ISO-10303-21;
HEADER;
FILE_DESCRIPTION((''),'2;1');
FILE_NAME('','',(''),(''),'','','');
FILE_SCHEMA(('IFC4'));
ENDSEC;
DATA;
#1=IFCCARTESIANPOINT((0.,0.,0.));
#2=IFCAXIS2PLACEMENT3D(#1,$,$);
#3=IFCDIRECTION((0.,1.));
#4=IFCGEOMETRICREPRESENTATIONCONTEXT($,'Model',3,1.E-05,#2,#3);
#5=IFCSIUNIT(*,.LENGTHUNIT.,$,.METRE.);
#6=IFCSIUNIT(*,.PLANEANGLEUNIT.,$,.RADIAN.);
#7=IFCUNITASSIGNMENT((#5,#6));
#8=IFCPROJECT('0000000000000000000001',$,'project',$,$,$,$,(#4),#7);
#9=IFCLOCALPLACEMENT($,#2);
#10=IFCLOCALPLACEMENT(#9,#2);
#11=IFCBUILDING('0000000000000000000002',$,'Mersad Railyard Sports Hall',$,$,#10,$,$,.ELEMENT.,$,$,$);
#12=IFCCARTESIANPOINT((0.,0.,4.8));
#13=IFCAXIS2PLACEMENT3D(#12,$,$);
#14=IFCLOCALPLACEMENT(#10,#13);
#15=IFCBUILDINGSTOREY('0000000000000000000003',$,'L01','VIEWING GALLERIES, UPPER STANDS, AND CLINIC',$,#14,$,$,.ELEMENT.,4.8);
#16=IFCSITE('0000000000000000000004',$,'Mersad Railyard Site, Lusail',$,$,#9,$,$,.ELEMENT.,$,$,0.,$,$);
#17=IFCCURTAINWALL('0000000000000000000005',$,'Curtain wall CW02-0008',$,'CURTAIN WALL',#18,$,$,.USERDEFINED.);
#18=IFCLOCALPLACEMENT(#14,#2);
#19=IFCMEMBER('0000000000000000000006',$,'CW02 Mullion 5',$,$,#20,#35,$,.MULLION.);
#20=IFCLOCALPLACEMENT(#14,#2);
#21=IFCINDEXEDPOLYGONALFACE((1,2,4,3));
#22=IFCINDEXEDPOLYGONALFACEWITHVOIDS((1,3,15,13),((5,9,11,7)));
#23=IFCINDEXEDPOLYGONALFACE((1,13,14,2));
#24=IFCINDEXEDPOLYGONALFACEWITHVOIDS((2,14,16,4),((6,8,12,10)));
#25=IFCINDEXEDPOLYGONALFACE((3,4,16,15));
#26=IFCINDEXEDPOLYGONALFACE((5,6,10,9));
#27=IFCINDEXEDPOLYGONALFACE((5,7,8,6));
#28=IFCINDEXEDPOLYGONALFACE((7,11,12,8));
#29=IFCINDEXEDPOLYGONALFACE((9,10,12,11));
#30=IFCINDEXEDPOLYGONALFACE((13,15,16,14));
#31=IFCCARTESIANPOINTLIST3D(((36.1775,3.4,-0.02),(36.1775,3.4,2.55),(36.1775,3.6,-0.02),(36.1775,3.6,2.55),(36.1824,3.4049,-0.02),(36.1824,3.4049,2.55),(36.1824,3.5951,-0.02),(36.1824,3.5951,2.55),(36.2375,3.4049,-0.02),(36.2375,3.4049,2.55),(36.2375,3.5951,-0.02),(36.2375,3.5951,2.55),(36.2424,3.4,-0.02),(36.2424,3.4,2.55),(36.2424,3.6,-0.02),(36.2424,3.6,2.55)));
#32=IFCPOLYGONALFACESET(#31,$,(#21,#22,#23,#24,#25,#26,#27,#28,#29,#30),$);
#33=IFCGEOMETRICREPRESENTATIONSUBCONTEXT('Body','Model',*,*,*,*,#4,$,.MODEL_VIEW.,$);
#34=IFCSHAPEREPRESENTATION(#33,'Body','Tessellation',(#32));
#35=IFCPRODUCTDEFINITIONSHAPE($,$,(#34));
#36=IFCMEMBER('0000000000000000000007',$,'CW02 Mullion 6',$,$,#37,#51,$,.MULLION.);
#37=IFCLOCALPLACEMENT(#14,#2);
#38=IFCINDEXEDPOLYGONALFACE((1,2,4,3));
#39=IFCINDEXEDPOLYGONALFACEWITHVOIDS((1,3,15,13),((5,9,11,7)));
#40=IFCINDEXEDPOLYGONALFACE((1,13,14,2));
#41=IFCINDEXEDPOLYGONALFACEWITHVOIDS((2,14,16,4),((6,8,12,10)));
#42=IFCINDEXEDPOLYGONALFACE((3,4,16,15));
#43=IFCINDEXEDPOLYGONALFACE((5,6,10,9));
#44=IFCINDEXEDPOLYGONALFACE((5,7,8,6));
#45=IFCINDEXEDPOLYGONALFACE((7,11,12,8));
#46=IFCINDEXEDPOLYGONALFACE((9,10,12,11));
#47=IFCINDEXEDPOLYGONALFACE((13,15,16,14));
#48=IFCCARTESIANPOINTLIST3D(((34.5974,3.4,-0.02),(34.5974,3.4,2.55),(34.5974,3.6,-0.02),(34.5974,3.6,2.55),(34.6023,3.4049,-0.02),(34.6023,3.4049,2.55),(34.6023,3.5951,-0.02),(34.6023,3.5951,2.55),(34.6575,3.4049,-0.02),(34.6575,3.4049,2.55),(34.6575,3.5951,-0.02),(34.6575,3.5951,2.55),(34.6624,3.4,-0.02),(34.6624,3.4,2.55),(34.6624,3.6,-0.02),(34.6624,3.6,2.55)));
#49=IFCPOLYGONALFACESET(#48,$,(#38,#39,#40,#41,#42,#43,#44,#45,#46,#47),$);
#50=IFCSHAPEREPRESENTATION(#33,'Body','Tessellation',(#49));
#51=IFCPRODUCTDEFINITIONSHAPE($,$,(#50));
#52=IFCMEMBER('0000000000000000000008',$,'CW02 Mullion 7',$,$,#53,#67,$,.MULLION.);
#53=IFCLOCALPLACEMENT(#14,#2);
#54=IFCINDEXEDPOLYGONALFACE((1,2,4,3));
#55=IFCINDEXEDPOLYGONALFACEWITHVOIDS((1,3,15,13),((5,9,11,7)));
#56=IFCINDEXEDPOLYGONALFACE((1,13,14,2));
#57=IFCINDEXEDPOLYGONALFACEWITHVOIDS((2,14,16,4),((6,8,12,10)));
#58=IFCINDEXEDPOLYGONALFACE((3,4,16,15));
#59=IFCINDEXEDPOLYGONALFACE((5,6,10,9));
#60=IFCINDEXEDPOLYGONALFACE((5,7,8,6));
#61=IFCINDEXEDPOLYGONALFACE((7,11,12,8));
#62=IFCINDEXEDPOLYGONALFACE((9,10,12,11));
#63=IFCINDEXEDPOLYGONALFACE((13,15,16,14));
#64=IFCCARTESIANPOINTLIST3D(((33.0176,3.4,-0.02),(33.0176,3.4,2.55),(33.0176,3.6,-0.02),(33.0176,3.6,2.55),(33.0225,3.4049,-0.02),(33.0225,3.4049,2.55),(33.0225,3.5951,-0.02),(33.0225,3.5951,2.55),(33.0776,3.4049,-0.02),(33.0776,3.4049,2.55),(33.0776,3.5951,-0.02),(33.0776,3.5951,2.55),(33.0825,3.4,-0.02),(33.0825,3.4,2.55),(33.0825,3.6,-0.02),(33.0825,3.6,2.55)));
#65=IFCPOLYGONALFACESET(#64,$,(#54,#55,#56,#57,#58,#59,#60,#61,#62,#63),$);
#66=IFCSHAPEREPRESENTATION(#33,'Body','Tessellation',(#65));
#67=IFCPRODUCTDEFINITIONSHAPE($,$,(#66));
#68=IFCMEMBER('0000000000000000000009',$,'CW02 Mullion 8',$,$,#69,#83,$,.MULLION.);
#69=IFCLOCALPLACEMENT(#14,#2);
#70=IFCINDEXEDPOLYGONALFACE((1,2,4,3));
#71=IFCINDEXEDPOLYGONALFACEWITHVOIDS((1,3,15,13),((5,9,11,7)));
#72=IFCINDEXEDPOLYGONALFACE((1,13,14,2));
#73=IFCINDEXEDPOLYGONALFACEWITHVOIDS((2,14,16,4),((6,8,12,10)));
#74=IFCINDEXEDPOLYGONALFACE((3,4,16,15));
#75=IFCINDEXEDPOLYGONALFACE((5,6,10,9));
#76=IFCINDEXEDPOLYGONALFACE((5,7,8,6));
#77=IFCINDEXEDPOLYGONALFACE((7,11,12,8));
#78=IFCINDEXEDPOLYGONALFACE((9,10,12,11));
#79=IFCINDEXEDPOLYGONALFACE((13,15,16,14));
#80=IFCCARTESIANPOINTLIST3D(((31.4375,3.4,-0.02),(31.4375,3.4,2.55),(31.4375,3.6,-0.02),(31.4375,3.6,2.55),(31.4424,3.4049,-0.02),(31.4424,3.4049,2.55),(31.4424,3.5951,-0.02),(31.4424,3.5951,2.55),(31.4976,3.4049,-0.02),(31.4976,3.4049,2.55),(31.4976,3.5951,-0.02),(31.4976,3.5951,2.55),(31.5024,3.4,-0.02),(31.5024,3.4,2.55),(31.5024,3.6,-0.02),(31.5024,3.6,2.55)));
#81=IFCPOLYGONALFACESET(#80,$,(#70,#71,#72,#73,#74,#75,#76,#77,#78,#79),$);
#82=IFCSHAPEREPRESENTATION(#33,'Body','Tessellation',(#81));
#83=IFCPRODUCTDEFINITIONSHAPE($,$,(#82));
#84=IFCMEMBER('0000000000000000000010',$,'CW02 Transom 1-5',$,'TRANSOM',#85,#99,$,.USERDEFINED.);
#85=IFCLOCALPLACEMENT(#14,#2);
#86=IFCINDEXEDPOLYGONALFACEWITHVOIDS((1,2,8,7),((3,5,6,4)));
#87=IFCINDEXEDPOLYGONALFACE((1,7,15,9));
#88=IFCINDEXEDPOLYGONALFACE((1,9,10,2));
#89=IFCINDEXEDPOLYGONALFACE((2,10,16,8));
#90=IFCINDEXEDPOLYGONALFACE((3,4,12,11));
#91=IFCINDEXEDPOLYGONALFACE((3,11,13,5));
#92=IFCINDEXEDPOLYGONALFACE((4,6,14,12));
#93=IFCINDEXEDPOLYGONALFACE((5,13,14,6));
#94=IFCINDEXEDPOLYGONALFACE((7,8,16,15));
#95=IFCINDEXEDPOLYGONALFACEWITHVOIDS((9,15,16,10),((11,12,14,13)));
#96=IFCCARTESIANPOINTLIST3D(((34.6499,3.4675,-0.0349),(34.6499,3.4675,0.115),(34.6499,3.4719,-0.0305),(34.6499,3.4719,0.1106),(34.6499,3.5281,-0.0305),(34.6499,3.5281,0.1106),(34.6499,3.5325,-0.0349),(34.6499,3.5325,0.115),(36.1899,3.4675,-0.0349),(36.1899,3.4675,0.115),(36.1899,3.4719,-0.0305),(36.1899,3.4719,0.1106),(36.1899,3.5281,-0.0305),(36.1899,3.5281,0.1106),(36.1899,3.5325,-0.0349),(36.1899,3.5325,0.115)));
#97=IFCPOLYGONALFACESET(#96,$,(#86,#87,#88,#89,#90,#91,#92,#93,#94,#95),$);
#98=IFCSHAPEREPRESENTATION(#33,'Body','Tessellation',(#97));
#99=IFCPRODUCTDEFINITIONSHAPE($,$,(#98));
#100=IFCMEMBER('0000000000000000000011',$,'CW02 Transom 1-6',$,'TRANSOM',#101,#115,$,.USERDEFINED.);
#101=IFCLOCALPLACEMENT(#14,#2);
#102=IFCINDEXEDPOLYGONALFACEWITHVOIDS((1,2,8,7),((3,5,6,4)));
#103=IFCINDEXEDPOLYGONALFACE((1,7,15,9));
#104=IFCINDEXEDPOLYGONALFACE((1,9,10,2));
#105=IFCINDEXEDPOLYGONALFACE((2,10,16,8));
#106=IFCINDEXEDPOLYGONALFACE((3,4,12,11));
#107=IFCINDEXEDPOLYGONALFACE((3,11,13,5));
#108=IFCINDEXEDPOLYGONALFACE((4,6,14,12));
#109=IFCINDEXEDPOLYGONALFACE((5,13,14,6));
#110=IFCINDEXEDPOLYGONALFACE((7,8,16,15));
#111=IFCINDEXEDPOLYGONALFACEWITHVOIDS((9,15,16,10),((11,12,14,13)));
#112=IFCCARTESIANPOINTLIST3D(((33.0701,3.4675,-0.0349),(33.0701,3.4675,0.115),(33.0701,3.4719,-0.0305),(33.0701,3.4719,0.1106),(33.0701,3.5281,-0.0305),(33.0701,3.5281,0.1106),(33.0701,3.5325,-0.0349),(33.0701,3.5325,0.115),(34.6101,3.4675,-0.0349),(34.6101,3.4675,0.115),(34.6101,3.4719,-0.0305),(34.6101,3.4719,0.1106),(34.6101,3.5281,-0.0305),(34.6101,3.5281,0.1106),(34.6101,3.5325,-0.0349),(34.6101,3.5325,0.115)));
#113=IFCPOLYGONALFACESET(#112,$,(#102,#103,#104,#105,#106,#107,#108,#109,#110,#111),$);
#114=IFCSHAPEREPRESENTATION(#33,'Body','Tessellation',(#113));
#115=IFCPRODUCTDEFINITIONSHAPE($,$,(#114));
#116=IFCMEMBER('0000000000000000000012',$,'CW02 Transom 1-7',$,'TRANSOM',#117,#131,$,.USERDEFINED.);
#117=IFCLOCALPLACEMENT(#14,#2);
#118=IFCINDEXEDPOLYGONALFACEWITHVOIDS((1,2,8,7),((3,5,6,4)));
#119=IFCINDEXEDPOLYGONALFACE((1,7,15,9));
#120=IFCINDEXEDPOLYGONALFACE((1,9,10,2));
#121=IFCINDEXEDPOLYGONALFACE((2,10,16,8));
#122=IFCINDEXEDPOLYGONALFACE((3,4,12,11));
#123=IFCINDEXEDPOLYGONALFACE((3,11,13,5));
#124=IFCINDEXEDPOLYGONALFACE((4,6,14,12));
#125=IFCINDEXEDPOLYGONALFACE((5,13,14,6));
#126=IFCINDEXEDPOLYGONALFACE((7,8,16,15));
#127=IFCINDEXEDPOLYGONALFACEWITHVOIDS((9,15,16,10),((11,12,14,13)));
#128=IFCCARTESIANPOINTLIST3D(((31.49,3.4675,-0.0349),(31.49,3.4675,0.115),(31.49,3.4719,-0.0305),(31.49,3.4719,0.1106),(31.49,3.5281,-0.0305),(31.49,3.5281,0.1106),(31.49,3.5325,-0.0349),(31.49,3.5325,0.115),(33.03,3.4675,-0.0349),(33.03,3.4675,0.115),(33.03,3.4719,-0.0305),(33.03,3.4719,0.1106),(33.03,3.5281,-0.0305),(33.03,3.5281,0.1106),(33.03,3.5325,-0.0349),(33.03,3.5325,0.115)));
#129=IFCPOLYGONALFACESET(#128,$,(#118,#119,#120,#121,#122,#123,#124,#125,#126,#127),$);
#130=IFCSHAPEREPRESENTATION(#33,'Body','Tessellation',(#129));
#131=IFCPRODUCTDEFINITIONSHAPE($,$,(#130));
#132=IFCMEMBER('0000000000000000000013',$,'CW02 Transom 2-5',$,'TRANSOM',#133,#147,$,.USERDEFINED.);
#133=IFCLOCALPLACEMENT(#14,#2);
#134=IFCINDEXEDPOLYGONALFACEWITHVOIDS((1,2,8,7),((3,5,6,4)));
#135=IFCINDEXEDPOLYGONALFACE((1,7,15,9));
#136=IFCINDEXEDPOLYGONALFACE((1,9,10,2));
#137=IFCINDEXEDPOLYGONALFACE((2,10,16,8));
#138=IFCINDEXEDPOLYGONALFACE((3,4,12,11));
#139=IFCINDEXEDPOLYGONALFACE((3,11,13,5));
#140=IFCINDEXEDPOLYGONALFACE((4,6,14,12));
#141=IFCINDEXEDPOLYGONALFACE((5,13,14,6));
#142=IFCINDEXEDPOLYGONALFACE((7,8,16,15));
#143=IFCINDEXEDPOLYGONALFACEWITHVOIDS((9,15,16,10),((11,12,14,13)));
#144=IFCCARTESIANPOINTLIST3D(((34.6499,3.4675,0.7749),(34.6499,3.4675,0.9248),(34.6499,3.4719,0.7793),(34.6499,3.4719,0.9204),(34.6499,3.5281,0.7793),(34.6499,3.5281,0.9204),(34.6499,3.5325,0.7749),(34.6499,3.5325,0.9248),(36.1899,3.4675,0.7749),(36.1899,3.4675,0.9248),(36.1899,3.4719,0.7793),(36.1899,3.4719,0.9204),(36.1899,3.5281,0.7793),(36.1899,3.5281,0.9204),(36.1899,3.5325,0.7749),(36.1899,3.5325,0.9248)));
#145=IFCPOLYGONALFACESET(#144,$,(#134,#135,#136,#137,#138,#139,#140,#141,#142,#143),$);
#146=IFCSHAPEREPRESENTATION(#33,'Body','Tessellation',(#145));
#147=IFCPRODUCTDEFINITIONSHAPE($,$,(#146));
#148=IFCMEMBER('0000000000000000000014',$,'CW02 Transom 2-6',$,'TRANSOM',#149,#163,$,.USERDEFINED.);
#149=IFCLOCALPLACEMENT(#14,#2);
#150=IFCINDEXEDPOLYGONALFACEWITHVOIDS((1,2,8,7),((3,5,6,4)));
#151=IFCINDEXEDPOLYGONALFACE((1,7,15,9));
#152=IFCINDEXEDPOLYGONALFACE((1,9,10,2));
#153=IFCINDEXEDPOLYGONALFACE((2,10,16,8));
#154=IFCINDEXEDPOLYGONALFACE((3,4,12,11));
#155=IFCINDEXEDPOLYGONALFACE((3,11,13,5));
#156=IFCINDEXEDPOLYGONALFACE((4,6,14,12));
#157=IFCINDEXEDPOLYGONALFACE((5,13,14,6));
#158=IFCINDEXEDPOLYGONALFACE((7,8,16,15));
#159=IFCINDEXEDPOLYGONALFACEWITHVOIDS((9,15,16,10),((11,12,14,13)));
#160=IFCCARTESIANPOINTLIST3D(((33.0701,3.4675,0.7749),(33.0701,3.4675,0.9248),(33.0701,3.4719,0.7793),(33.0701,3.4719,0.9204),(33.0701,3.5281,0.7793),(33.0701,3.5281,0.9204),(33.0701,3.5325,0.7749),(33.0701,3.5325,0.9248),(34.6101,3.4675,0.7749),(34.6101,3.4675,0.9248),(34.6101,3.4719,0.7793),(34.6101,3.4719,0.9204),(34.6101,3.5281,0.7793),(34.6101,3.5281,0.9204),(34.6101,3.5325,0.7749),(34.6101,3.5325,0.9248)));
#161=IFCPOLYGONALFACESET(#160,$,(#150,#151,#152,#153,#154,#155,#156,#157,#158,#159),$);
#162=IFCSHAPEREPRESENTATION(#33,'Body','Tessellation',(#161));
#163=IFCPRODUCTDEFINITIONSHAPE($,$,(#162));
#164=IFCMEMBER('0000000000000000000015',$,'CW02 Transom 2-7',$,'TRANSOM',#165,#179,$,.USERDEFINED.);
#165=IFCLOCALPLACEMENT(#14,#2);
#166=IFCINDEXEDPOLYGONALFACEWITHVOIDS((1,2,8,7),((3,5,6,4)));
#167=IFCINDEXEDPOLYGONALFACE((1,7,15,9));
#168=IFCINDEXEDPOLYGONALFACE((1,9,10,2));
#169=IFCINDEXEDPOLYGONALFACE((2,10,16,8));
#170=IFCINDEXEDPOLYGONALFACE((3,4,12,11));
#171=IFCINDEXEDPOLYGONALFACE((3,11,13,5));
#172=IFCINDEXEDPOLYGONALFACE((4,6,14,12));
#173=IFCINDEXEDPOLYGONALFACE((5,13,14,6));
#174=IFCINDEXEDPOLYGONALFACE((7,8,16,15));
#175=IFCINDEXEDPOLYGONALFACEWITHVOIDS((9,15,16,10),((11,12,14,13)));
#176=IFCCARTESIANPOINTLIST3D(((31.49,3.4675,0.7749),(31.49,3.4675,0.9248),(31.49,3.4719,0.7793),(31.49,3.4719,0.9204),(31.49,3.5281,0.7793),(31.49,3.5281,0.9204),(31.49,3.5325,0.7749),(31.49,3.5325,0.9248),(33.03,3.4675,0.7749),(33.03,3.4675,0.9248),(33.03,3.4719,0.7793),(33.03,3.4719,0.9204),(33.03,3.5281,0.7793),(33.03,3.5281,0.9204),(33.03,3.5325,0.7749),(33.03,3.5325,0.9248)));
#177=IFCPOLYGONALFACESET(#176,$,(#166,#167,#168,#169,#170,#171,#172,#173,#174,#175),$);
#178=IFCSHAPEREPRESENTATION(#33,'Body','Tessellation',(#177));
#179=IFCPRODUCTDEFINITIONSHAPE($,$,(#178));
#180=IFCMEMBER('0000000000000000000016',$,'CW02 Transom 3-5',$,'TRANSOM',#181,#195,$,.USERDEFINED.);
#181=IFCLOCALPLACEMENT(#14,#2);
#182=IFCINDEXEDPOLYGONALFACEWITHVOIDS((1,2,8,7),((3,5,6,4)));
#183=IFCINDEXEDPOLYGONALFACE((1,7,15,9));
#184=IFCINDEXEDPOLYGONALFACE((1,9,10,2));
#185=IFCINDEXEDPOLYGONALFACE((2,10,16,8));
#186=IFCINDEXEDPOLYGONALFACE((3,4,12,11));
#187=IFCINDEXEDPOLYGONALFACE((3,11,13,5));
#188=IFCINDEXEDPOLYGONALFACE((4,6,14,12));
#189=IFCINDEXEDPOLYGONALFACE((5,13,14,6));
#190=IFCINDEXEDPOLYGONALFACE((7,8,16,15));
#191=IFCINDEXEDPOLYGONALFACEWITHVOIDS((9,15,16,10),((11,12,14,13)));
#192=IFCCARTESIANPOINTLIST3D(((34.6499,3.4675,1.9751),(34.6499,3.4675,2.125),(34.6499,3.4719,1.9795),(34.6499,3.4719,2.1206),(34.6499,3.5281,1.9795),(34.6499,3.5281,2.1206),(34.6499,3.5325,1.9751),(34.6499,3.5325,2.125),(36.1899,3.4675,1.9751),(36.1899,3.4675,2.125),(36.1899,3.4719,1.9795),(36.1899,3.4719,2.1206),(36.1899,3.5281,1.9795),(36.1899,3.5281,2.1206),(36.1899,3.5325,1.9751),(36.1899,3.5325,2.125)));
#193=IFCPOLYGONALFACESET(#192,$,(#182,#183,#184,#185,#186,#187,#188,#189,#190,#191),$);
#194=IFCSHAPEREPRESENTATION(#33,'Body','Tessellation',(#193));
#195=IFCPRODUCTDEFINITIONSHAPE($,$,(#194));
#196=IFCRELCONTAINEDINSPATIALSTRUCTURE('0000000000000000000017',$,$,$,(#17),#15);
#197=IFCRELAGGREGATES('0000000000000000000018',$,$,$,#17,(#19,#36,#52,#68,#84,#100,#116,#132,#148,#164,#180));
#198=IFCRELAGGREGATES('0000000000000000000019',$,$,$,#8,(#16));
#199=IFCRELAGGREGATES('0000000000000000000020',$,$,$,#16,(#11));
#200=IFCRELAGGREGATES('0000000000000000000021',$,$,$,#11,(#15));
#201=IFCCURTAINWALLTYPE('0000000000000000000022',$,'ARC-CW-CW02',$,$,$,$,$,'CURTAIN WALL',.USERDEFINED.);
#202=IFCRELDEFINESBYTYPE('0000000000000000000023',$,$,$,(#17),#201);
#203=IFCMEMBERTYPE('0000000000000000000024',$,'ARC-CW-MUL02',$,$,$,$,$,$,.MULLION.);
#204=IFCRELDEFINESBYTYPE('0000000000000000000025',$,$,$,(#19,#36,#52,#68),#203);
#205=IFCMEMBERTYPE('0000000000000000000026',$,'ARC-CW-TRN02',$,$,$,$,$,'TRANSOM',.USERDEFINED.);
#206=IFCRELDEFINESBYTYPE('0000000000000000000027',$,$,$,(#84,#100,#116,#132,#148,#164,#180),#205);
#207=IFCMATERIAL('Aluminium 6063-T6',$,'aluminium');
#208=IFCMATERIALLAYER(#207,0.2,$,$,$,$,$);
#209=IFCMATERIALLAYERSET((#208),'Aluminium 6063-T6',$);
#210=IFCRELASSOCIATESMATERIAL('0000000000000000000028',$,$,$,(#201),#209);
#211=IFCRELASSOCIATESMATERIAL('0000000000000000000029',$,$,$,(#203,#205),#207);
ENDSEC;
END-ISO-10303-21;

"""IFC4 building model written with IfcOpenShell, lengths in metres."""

from ifc_helpers import new_model, si_unit, direction, frame, origin, origin_2d, place, context, subcontext, project, spatial, hollow_rectangle, extrude, material, layer, layer_set, material_profile, profile_set, type_object, element, aggregate, save


model = new_model("IFC4")

# Units and contexts
model_context = context("Model", 3, precision=1e-05, world=origin(), true_north=direction((0.0, 1.0)))
body_context = subcontext(model_context, "Body", "Model", "MODEL_VIEW")
ifc_project = project(units=[si_unit("LENGTHUNIT", "METRE"), si_unit("PLANEANGLEUNIT", "RADIAN")], contexts=[model_context])

# Site, building, storey
site_placement = place(None, origin())
site = spatial("IfcSite", under=ifc_project, at=site_placement, Name="Mersad Railyard Site, Lusail", CompositionType="ELEMENT", RefElevation=0.0)
building_placement = place(site_placement, origin())
building = spatial("IfcBuilding", under=site, at=building_placement, Name="Mersad Railyard Sports Hall", CompositionType="ELEMENT")
storey_placement = place(building_placement, frame((0.0, 0.0, 4.8)))
storey = spatial("IfcBuildingStorey", under=building, at=storey_placement, Name="L01", Description="VIEWING GALLERIES, UPPER STANDS, AND CLINIC", CompositionType="ELEMENT", Elevation=4.8)

# Curtain wall, members
ifc_material_1 = material(Name="Aluminium 6063-T6", Category="aluminium")
ifc_layer_1 = layer(ifc_material_1, 0.2)
ifc_layer_set_1 = layer_set([ifc_layer_1], Name="Aluminium 6063-T6")
curtain_wall_type = type_object("IfcCurtainWallType", Name="ARC-CW-CW02", ElementType="CURTAIN WALL", PredefinedType="USERDEFINED", material=ifc_layer_set_1)
curtain_wall_placement = place(storey_placement, origin())
curtain_wall = element("IfcCurtainWall", 1, at=curtain_wall_placement, inside=storey, type_object=curtain_wall_type, Name="Curtain wall CW02-0008", ObjectType="CURTAIN WALL", PredefinedType="USERDEFINED")
ifc_material_profile_1 = material_profile(ifc_material_1, hollow_rectangle(XDim=0.0649, YDim=0.2, WallThickness=0.0049, at=origin_2d()), Name="AL MULLION 65x200x5")
ifc_profile_set_1 = profile_set([ifc_material_profile_1], Name="Aluminium 6063-T6")
member_type_1 = type_object("IfcMemberType", Name="ARC-CW-MUL02", PredefinedType="MULLION", material=ifc_profile_set_1)
member_1_placement = place(storey_placement, frame((36.21, 3.5, -0.02), z_axis=(0.0, 0.0, 1.0), x_axis=(1.0, 0.0, 0.0)))
member_1 = element("IfcMember", 2, at=member_1_placement, type_object=member_type_1, Name="CW02 Mullion 5", PredefinedType="MULLION", context=body_context, shape_type="SweptSolid", body=[
    extrude(hollow_rectangle(XDim=0.0649, YDim=0.2, WallThickness=0.0049, at=origin_2d()), origin(), (0.0, 0.0, 1.0), 2.5701),
])
member_2_placement = place(storey_placement, frame((34.6299, 3.5, -0.02), z_axis=(0.0, 0.0, 1.0), x_axis=(1.0, 0.0, 0.0)))
member_2 = element("IfcMember", 3, at=member_2_placement, type_object=member_type_1, Name="CW02 Mullion 6", PredefinedType="MULLION", context=body_context, shape_type="SweptSolid", body=[
    extrude(hollow_rectangle(XDim=0.0649, YDim=0.2, WallThickness=0.0049, at=origin_2d()), origin(), (0.0, 0.0, 1.0), 2.5701),
])
member_3_placement = place(storey_placement, frame((33.05, 3.5, -0.02), z_axis=(0.0, 0.0, 1.0), x_axis=(1.0, 0.0, 0.0)))
member_3 = element("IfcMember", 4, at=member_3_placement, type_object=member_type_1, Name="CW02 Mullion 7", PredefinedType="MULLION", context=body_context, shape_type="SweptSolid", body=[
    extrude(hollow_rectangle(XDim=0.0649, YDim=0.2, WallThickness=0.0049, at=origin_2d()), origin(), (0.0, 0.0, 1.0), 2.5701),
])
member_4_placement = place(storey_placement, frame((31.47, 3.5, -0.02), z_axis=(0.0, 0.0, 1.0), x_axis=(1.0, 0.0, 0.0)))
member_4 = element("IfcMember", 5, at=member_4_placement, type_object=member_type_1, Name="CW02 Mullion 8", PredefinedType="MULLION", context=body_context, shape_type="SweptSolid", body=[
    extrude(hollow_rectangle(XDim=0.0649, YDim=0.2, WallThickness=0.0049, at=origin_2d()), origin(), (0.0, 0.0, 1.0), 2.5701),
])
ifc_material_profile_2 = material_profile(ifc_material_1, hollow_rectangle(XDim=0.0649, YDim=0.1499, WallThickness=0.0044, at=origin_2d()), Name="AL TRANSOM 65x150x4.5")
ifc_profile_set_2 = profile_set([ifc_material_profile_2], Name="Aluminium 6063-T6")
member_type_2 = type_object("IfcMemberType", Name="ARC-CW-TRN02", ElementType="TRANSOM", PredefinedType="USERDEFINED", material=ifc_profile_set_2)
member_5_placement = place(storey_placement, frame((36.1899, 3.5, 0.04), z_axis=(-1.0, 0.0, 0.0), x_axis=(0.0, -1.0, 0.0)))
member_5 = element("IfcMember", 6, at=member_5_placement, type_object=member_type_2, Name="CW02 Transom 1-5", ObjectType="TRANSOM", PredefinedType="USERDEFINED", context=body_context, shape_type="SweptSolid", body=[
    extrude(hollow_rectangle(XDim=0.0649, YDim=0.1499, WallThickness=0.0044, at=origin_2d()), origin(), (0.0, 0.0, 1.0), 1.54),
])
member_6_placement = place(storey_placement, frame((34.6101, 3.5, 0.04), z_axis=(-1.0, 0.0, 0.0), x_axis=(0.0, -1.0, 0.0)))
member_6 = element("IfcMember", 7, at=member_6_placement, type_object=member_type_2, Name="CW02 Transom 1-6", ObjectType="TRANSOM", PredefinedType="USERDEFINED", context=body_context, shape_type="SweptSolid", body=[
    extrude(hollow_rectangle(XDim=0.0649, YDim=0.1499, WallThickness=0.0044, at=origin_2d()), origin(), (0.0, 0.0, 1.0), 1.54),
])
member_7_placement = place(storey_placement, frame((33.03, 3.5, 0.04), z_axis=(-1.0, 0.0, 0.0), x_axis=(0.0, -1.0, 0.0)))
member_7 = element("IfcMember", 8, at=member_7_placement, type_object=member_type_2, Name="CW02 Transom 1-7", ObjectType="TRANSOM", PredefinedType="USERDEFINED", context=body_context, shape_type="SweptSolid", body=[
    extrude(hollow_rectangle(XDim=0.0649, YDim=0.1499, WallThickness=0.0044, at=origin_2d()), origin(), (0.0, 0.0, 1.0), 1.54),
])
member_8_placement = place(storey_placement, frame((36.1899, 3.5, 0.8499), z_axis=(-1.0, 0.0, 0.0), x_axis=(0.0, -1.0, 0.0)))
member_8 = element("IfcMember", 9, at=member_8_placement, type_object=member_type_2, Name="CW02 Transom 2-5", ObjectType="TRANSOM", PredefinedType="USERDEFINED", context=body_context, shape_type="SweptSolid", body=[
    extrude(hollow_rectangle(XDim=0.0649, YDim=0.1499, WallThickness=0.0044, at=origin_2d()), origin(), (0.0, 0.0, 1.0), 1.54),
])
member_9_placement = place(storey_placement, frame((34.6101, 3.5, 0.8499), z_axis=(-1.0, 0.0, 0.0), x_axis=(0.0, -1.0, 0.0)))
member_9 = element("IfcMember", 10, at=member_9_placement, type_object=member_type_2, Name="CW02 Transom 2-6", ObjectType="TRANSOM", PredefinedType="USERDEFINED", context=body_context, shape_type="SweptSolid", body=[
    extrude(hollow_rectangle(XDim=0.0649, YDim=0.1499, WallThickness=0.0044, at=origin_2d()), origin(), (0.0, 0.0, 1.0), 1.54),
])
member_10_placement = place(storey_placement, frame((33.03, 3.5, 0.8499), z_axis=(-1.0, 0.0, 0.0), x_axis=(0.0, -1.0, 0.0)))
member_10 = element("IfcMember", 11, at=member_10_placement, type_object=member_type_2, Name="CW02 Transom 2-7", ObjectType="TRANSOM", PredefinedType="USERDEFINED", context=body_context, shape_type="SweptSolid", body=[
    extrude(hollow_rectangle(XDim=0.0649, YDim=0.1499, WallThickness=0.0044, at=origin_2d()), origin(), (0.0, 0.0, 1.0), 1.54),
])
member_11_placement = place(storey_placement, frame((36.1899, 3.5, 2.05), z_axis=(-1.0, 0.0, 0.0), x_axis=(0.0, -1.0, 0.0)))
member_11 = element("IfcMember", 12, at=member_11_placement, type_object=member_type_2, Name="CW02 Transom 3-5", ObjectType="TRANSOM", PredefinedType="USERDEFINED", context=body_context, shape_type="SweptSolid", body=[
    extrude(hollow_rectangle(XDim=0.0649, YDim=0.1499, WallThickness=0.0044, at=origin_2d()), origin(), (0.0, 0.0, 1.0), 1.54),
])

aggregate(curtain_wall, [member_1, member_2, member_3, member_4, member_5, member_6, member_7, member_8, member_9, member_10, member_11])

save(model, "model.ifc")
